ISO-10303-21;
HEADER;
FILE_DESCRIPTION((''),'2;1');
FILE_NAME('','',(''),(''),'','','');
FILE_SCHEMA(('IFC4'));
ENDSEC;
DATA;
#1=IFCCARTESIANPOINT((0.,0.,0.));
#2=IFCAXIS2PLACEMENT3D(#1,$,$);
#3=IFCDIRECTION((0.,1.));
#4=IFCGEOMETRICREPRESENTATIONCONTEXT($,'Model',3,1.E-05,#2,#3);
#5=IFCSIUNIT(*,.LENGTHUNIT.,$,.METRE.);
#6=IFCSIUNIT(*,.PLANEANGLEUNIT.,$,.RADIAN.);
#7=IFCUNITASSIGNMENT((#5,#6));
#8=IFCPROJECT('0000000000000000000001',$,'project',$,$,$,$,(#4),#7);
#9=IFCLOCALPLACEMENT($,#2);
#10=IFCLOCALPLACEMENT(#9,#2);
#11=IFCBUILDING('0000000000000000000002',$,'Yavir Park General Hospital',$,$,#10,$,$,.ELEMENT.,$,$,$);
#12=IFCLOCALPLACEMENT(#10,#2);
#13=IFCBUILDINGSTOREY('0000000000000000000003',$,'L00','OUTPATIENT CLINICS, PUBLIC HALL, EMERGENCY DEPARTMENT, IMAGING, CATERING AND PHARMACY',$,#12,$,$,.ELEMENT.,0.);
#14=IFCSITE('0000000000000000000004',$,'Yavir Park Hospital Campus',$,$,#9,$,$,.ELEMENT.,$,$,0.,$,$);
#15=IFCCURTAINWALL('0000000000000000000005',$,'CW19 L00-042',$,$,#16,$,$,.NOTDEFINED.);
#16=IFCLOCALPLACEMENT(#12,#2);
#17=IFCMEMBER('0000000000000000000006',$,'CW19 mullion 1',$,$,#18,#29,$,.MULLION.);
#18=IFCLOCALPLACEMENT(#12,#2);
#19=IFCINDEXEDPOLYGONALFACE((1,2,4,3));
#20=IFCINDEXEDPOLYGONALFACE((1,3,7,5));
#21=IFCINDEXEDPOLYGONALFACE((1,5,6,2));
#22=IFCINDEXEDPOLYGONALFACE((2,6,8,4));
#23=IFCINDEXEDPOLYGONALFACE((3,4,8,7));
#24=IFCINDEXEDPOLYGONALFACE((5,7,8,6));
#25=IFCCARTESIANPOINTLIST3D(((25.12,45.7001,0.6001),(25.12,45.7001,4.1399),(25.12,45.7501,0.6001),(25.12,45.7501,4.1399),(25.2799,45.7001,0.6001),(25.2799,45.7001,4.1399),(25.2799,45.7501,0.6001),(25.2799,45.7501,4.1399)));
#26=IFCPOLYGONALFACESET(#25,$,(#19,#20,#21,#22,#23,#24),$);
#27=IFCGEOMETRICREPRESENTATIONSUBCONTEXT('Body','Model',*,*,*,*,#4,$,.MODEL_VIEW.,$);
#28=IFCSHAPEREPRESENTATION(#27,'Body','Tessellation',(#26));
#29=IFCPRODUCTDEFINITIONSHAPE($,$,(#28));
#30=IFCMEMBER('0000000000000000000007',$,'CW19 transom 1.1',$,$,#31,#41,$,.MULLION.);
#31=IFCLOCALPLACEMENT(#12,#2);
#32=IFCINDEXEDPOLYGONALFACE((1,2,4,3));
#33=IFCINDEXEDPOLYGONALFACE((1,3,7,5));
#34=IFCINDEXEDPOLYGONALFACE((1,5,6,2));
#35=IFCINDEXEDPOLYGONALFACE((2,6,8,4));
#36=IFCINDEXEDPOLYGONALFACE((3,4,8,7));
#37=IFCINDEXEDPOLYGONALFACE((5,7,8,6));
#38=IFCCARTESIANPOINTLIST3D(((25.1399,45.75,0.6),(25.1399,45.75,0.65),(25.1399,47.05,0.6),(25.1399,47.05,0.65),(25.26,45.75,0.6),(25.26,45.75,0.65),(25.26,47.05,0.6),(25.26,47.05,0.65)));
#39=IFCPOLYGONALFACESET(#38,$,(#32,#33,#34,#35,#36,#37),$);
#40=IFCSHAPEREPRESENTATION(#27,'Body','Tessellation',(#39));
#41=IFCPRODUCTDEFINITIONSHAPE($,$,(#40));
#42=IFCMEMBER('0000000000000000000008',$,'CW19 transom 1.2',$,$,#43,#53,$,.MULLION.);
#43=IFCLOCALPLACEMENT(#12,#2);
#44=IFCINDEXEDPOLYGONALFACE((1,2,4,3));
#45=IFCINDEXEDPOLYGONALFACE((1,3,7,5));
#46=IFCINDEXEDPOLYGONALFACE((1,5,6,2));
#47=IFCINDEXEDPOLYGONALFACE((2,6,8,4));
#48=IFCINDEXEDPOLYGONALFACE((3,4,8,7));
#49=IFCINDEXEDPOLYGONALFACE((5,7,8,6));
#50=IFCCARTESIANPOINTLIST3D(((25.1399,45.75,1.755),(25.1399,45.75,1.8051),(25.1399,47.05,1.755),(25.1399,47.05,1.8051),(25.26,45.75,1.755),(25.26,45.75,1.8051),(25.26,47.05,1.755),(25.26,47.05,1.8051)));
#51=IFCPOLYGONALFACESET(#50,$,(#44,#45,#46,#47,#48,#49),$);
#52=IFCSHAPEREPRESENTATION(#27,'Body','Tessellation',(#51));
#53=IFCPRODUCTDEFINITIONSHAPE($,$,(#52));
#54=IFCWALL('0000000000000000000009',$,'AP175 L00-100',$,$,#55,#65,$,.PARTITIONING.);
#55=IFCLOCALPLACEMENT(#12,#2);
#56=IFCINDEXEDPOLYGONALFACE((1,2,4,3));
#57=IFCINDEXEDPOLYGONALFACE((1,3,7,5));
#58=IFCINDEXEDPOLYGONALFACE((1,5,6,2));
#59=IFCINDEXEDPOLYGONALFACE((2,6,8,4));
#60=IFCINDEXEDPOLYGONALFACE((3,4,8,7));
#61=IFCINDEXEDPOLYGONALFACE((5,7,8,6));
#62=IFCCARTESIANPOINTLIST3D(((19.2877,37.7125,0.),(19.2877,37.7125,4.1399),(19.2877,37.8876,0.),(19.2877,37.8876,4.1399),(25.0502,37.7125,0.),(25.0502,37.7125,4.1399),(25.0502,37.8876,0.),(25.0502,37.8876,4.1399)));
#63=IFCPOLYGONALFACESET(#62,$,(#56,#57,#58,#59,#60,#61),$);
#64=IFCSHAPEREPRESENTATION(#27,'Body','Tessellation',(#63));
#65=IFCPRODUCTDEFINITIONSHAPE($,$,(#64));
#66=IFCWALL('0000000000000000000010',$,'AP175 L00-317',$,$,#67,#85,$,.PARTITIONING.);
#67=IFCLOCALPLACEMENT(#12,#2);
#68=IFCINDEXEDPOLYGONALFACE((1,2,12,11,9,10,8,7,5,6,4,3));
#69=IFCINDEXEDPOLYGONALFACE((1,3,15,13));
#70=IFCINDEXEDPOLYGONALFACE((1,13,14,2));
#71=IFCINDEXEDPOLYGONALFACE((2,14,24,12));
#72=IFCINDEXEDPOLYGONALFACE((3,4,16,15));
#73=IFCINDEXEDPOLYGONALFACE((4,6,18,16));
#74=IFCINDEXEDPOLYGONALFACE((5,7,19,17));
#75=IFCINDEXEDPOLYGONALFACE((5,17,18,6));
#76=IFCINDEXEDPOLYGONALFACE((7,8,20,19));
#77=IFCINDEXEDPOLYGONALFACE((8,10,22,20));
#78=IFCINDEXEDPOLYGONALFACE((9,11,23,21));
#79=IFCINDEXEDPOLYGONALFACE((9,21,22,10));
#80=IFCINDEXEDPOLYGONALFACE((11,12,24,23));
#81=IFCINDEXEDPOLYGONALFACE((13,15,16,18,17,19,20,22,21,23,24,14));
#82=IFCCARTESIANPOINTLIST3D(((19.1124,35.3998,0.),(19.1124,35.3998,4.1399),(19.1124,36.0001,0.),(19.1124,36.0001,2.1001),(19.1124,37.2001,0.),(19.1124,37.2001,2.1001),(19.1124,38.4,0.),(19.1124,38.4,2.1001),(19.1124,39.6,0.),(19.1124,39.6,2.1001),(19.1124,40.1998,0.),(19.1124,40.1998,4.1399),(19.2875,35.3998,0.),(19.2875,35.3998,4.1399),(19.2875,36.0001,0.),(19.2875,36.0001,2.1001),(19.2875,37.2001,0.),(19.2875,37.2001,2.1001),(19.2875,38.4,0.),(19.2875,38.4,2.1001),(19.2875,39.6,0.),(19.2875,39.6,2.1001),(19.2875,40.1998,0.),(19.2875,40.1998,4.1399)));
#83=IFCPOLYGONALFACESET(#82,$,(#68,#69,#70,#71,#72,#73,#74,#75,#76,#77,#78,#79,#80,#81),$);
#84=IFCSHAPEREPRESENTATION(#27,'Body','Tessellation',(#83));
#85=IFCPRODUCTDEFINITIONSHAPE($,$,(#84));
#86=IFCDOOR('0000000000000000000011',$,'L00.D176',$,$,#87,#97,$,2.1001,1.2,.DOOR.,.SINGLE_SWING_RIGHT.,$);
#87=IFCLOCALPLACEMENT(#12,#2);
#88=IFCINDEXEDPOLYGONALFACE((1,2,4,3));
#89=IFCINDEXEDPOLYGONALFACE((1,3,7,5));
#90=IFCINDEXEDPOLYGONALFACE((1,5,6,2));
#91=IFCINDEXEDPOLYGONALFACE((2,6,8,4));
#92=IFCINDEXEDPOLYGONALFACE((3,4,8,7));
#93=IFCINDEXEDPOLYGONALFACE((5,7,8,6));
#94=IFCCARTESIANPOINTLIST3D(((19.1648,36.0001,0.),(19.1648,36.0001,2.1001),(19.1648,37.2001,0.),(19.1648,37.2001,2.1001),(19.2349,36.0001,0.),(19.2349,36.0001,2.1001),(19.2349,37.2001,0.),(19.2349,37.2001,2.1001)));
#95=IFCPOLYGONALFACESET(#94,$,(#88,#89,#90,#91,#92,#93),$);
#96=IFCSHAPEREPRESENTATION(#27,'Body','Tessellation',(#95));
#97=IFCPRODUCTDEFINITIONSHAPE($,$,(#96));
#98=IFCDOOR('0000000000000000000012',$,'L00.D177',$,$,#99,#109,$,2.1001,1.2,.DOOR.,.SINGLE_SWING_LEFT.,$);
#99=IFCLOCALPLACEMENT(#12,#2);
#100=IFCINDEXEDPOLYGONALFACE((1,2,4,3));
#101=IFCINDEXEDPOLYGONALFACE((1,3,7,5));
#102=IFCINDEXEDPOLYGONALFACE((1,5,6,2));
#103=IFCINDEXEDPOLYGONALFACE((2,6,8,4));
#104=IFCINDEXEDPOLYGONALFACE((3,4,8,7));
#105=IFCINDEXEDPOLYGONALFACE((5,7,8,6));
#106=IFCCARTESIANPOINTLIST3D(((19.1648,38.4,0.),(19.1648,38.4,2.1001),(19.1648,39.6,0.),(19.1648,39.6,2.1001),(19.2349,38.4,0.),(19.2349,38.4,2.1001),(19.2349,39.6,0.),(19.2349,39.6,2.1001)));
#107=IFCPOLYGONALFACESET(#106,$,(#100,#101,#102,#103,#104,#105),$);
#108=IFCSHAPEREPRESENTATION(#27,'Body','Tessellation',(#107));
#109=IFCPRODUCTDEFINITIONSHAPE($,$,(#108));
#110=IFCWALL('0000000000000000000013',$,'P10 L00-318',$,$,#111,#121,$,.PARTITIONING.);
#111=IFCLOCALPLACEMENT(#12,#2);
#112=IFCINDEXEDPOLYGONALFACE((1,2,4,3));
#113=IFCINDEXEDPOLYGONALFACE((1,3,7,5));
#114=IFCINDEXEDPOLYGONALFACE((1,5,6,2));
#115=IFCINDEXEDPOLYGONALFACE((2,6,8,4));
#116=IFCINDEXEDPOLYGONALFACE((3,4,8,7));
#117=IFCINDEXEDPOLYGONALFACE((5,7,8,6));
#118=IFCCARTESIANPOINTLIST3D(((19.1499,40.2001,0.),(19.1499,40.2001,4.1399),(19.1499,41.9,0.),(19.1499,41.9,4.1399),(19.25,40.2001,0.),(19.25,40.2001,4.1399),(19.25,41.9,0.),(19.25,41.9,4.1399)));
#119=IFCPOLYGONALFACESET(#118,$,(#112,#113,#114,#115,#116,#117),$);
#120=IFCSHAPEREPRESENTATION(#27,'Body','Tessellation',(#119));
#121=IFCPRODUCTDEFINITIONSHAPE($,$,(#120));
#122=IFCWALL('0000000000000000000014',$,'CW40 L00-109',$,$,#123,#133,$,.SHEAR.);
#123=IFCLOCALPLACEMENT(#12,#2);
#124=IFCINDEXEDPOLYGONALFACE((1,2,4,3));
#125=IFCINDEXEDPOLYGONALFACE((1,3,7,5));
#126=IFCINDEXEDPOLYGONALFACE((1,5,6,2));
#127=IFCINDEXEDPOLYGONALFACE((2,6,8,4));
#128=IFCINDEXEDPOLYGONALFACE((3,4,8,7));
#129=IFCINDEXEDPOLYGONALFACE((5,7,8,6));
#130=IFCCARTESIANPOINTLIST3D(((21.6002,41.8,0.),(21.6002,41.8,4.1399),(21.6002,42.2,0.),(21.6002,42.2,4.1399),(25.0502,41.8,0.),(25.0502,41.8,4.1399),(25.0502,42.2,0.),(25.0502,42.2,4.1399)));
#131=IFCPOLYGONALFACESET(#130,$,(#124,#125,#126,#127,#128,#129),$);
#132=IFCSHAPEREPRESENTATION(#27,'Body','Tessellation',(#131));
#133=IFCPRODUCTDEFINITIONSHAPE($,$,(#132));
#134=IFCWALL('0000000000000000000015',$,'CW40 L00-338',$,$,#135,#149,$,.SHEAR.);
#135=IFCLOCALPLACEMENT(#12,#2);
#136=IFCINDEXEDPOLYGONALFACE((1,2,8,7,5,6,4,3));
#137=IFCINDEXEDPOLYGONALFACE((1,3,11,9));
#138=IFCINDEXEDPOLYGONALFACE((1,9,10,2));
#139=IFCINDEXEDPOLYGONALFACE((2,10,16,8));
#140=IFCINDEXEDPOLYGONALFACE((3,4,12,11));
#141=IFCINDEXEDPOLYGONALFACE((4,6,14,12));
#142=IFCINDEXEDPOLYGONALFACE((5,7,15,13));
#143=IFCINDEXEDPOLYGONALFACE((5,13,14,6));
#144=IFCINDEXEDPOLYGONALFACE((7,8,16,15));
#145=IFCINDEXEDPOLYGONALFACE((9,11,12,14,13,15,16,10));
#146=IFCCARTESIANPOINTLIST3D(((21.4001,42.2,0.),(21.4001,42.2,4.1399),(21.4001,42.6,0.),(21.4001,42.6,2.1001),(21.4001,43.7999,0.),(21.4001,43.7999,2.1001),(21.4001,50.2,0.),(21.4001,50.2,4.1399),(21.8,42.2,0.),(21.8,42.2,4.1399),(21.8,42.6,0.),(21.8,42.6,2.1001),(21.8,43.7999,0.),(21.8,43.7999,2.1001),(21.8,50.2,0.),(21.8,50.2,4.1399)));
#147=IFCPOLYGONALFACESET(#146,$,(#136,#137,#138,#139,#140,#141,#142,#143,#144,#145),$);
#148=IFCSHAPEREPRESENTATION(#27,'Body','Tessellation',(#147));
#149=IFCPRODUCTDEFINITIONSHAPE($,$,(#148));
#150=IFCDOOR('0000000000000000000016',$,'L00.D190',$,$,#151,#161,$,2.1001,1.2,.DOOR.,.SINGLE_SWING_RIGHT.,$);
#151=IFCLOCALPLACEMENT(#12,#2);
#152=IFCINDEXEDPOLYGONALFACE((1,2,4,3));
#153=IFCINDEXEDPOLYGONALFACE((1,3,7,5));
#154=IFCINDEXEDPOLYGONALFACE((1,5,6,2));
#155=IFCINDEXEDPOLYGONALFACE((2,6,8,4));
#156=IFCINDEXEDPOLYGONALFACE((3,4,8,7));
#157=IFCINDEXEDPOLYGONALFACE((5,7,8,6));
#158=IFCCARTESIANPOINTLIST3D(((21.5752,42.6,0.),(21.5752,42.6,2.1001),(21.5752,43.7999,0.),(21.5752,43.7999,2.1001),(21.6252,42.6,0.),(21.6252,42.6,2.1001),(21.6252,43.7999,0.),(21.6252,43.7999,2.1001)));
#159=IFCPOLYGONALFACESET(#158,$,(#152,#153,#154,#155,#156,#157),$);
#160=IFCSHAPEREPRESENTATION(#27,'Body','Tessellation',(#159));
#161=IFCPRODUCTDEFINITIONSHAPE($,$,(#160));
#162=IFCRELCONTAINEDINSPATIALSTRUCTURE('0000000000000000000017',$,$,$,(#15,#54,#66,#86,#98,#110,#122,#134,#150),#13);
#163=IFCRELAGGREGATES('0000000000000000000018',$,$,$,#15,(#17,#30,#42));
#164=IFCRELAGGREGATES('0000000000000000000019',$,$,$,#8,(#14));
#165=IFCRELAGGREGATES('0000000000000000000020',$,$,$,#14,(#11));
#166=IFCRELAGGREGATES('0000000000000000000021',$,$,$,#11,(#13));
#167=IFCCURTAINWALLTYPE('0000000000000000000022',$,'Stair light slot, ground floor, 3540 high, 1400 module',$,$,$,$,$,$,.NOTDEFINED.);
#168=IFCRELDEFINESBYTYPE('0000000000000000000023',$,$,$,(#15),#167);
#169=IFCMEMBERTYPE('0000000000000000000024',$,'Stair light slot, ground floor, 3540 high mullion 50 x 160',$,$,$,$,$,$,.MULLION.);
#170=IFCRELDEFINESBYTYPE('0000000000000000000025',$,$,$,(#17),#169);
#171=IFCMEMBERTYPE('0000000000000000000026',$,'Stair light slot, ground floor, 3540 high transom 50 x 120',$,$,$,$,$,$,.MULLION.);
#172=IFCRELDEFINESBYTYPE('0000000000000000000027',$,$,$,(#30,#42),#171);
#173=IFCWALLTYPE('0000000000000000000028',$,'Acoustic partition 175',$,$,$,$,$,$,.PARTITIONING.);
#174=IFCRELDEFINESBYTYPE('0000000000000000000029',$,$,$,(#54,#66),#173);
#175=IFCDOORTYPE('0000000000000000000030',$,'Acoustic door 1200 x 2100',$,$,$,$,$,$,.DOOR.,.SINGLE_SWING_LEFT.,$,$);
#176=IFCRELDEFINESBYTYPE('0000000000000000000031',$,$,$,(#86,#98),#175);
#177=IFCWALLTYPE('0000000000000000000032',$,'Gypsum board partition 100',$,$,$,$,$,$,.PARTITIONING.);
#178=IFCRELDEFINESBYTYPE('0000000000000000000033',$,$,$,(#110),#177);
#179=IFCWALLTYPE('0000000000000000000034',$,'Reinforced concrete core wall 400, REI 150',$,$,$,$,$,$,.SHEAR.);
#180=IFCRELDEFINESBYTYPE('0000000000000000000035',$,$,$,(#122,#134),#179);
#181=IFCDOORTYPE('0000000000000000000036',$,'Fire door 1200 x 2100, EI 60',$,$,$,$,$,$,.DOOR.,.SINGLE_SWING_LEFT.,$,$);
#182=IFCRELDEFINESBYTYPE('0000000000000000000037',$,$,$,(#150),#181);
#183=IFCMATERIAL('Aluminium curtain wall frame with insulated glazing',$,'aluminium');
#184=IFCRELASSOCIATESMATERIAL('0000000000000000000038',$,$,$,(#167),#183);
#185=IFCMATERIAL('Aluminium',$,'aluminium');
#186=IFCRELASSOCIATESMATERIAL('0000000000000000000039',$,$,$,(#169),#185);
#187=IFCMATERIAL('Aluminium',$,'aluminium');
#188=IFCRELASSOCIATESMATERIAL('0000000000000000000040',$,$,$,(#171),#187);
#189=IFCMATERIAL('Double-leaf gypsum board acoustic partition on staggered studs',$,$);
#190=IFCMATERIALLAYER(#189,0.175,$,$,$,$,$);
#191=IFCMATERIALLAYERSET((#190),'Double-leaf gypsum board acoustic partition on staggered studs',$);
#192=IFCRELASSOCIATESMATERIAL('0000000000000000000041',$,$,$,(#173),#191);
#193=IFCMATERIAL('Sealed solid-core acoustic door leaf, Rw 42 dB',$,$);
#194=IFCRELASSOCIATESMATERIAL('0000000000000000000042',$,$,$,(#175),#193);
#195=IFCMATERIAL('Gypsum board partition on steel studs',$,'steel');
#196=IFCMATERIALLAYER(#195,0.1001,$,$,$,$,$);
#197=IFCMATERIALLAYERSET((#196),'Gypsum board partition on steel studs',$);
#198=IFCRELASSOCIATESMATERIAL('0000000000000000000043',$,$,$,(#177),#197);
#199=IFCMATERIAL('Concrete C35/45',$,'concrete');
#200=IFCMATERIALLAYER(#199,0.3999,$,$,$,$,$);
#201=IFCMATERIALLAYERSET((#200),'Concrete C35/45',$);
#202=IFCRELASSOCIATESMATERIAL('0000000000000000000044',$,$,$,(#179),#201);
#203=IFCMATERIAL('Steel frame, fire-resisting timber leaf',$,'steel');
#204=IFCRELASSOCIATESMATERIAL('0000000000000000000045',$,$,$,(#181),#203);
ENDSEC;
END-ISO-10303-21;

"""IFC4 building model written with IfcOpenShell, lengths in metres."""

from ifc_helpers import new_model, si_unit, direction, frame, frame_2d, origin, origin_2d, place, context, subcontext, project, spatial, rectangle, extrude, material, layer, layer_set, material_profile, profile_set, type_object, element, fill, aggregate, save


model = new_model("IFC4")

# Units and contexts
model_context = context("Model", 3, precision=1e-05, world=origin(), true_north=direction((0.0, 1.0)))
body_context = subcontext(model_context, "Body", "Model", "MODEL_VIEW")
ifc_project = project(units=[si_unit("LENGTHUNIT", "METRE"), si_unit("PLANEANGLEUNIT", "RADIAN")], contexts=[model_context])

# Site, building, storey
site_placement = place(None, origin())
site = spatial("IfcSite", under=ifc_project, at=site_placement, Name="Yavir Park Hospital Campus", CompositionType="ELEMENT", RefElevation=0.0)
building_placement = place(site_placement, origin())
building = spatial("IfcBuilding", under=site, at=building_placement, Name="Yavir Park General Hospital", CompositionType="ELEMENT")
storey_placement = place(building_placement, origin())
storey = spatial("IfcBuildingStorey", under=building, at=storey_placement, Name="L00", Description="OUTPATIENT CLINICS, PUBLIC HALL, EMERGENCY DEPARTMENT, IMAGING, CATERING AND PHARMACY", CompositionType="ELEMENT", Elevation=0.0)

# Curtain wall, members
ifc_material_1 = material(Name="Aluminium curtain wall frame with insulated glazing", Category="aluminium")
curtain_wall_type = type_object("IfcCurtainWallType", Name="Stair light slot, ground floor, 3540 high, 1400 module", PredefinedType="NOTDEFINED", material=ifc_material_1)
curtain_wall_placement = place(storey_placement, origin())
curtain_wall = element("IfcCurtainWall", 1, at=curtain_wall_placement, inside=storey, type_object=curtain_wall_type, Name="CW19 L00-042", PredefinedType="NOTDEFINED")
ifc_material_2 = material(Name="Aluminium", Category="aluminium")
ifc_material_profile_1 = material_profile(ifc_material_2, rectangle(XDim=0.1599, YDim=0.05, at=origin_2d()), Name="AL 50x160")
ifc_profile_set_1 = profile_set([ifc_material_profile_1], Name="Aluminium")
member_type_1 = type_object("IfcMemberType", Name="Stair light slot, ground floor, 3540 high mullion 50 x 160", PredefinedType="MULLION", material=ifc_profile_set_1)
member_1_placement = place(storey_placement, frame((25.2, 45.7251, 0.6001), z_axis=(0.0, 0.0, 1.0), x_axis=(-1.0, 0.0, 0.0)))
member_1 = element("IfcMember", 2, at=member_1_placement, type_object=member_type_1, Name="CW19 mullion 1", PredefinedType="MULLION", context=body_context, shape_type="SweptSolid", body=[
    extrude(rectangle(XDim=0.1599, YDim=0.05, at=origin_2d()), origin(), (0.0, 0.0, 1.0), 3.5398),
])
ifc_material_3 = material(Name="Aluminium", Category="aluminium")
ifc_material_profile_2 = material_profile(ifc_material_3, rectangle(XDim=0.1201, YDim=0.05, at=origin_2d()), Name="AL 120x50")
ifc_profile_set_2 = profile_set([ifc_material_profile_2], Name="Aluminium")
member_type_2 = type_object("IfcMemberType", Name="Stair light slot, ground floor, 3540 high transom 50 x 120", PredefinedType="MULLION", material=ifc_profile_set_2)
member_2_placement = place(storey_placement, frame((25.2, 45.75, 0.625), z_axis=(0.0, 1.0, 0.0), x_axis=(-1.0, 0.0, 0.0)))
member_2 = element("IfcMember", 3, at=member_2_placement, type_object=member_type_2, Name="CW19 transom 1.1", PredefinedType="MULLION", context=body_context, shape_type="SweptSolid", body=[
    extrude(rectangle(XDim=0.1201, YDim=0.05, at=origin_2d()), origin(), (0.0, 0.0, 1.0), 1.3),
])
member_3_placement = place(storey_placement, frame((25.2, 45.75, 1.78), z_axis=(0.0, 1.0, 0.0), x_axis=(-1.0, 0.0, 0.0)))
member_3 = element("IfcMember", 4, at=member_3_placement, type_object=member_type_2, Name="CW19 transom 1.2", PredefinedType="MULLION", context=body_context, shape_type="SweptSolid", body=[
    extrude(rectangle(XDim=0.1201, YDim=0.05, at=origin_2d()), origin(), (0.0, 0.0, 1.0), 1.3),
])
aggregate(curtain_wall, [member_1, member_2, member_3])

# Wall
ifc_material_4 = material(Name="Double-leaf gypsum board acoustic partition on staggered studs")
ifc_layer_1 = layer(ifc_material_4, 0.175)
ifc_layer_set_1 = layer_set([ifc_layer_1], Name="Double-leaf gypsum board acoustic partition on staggered studs")
wall_type_1 = type_object("IfcWallType", Name="Acoustic partition 175", PredefinedType="PARTITIONING", material=ifc_layer_set_1)
wall_1_placement = place(storey_placement, frame((19.2876, 37.8, 0.0), z_axis=(0.0, 0.0, 1.0), x_axis=(1.0, 0.0, 0.0)))
element("IfcWall", 5, at=wall_1_placement, inside=storey, type_object=wall_type_1, Name="AP175 L00-100", PredefinedType="PARTITIONING", context=body_context, shape_type="SweptSolid", body=[
    extrude(rectangle(XDim=5.7625, YDim=0.175, at=frame_2d((2.8813, 0.0))), origin(), (0.0, 0.0, 1.0), 4.1399),
])

# Wall, openings, doors
wall_2_placement = place(storey_placement, frame((19.2, 35.3999, 0.0), z_axis=(0.0, 0.0, 1.0), x_axis=(0.0, 1.0, 0.0)))
wall_2 = element("IfcWall", 6, at=wall_2_placement, inside=storey, type_object=wall_type_1, Name="AP175 L00-317", PredefinedType="PARTITIONING", context=body_context, shape_type="SweptSolid", body=[
    extrude(rectangle(XDim=4.8, YDim=0.175, at=frame_2d((2.3999, 0.0))), origin(), (0.0, 0.0, 1.0), 4.1399),
])
opening_1_placement = place(wall_2_placement, frame((0.6001, 0.0, 0.0)))
opening_1 = element("IfcOpeningElement", 7, at=opening_1_placement, cuts=wall_2, PredefinedType="OPENING", context=body_context, shape_type="SweptSolid", body=[
    extrude(rectangle(XDim=1.2, YDim=2.1001, at=frame_2d((0.6001, 1.05))), frame((0.0, 0.0974, 0.0), z_axis=(0.0, -1.0, 0.0), x_axis=(1.0, 0.0, 0.0)), (0.0, 0.0, 1.0), 0.1951),
])
opening_2_placement = place(wall_2_placement, frame((3.0, 0.0, 0.0)))
opening_2 = element("IfcOpeningElement", 8, at=opening_2_placement, cuts=wall_2, PredefinedType="OPENING", context=body_context, shape_type="SweptSolid", body=[
    extrude(rectangle(XDim=1.2, YDim=2.1001, at=frame_2d((0.6001, 1.05))), frame((0.0, 0.0974, 0.0), z_axis=(0.0, -1.0, 0.0), x_axis=(1.0, 0.0, 0.0)), (0.0, 0.0, 1.0), 0.1951),
])
ifc_material_5 = material(Name="Sealed solid-core acoustic door leaf, Rw 42 dB")
door_type_1 = type_object("IfcDoorType", Name="Acoustic door 1200 x 2100", OperationType="SINGLE_SWING_LEFT", PredefinedType="DOOR", material=ifc_material_5)
door_1_placement = place(opening_1_placement, origin())
door_1 = element("IfcDoor", 9, at=door_1_placement, inside=storey, type_object=door_type_1, Name="L00.D176", OperationType="SINGLE_SWING_RIGHT", OverallHeight=2.1001, OverallWidth=1.2, PredefinedType="DOOR", context=body_context, shape_type="SweptSolid", body=[
    extrude(rectangle(XDim=1.2, YDim=2.1001, at=frame_2d((0.6001, 1.05))), frame((0.0, 0.0352, 0.0), z_axis=(0.0, -1.0, 0.0), x_axis=(1.0, 0.0, 0.0)), (0.0, 0.0, 1.0), 0.0701),
])
fill(opening_1, door_1)
door_2_placement = place(opening_2_placement, origin())
door_2 = element("IfcDoor", 10, at=door_2_placement, inside=storey, type_object=door_type_1, Name="L00.D177", OperationType="SINGLE_SWING_LEFT", OverallHeight=2.1001, OverallWidth=1.2, PredefinedType="DOOR", context=body_context, shape_type="SweptSolid", body=[
    extrude(rectangle(XDim=1.2, YDim=2.1001, at=frame_2d((0.6001, 1.05))), frame((0.0, 0.0352, 0.0), z_axis=(0.0, -1.0, 0.0), x_axis=(1.0, 0.0, 0.0)), (0.0, 0.0, 1.0), 0.0701),
])
fill(opening_2, door_2)

# Walls
ifc_material_6 = material(Name="Gypsum board partition on steel studs", Category="steel")
ifc_layer_2 = layer(ifc_material_6, 0.1001)
ifc_layer_set_2 = layer_set([ifc_layer_2], Name="Gypsum board partition on steel studs")
wall_type_2 = type_object("IfcWallType", Name="Gypsum board partition 100", PredefinedType="PARTITIONING", material=ifc_layer_set_2)
wall_3_placement = place(storey_placement, frame((19.2, 40.2, 0.0), z_axis=(0.0, 0.0, 1.0), x_axis=(0.0, 1.0, 0.0)))
element("IfcWall", 11, at=wall_3_placement, inside=storey, type_object=wall_type_2, Name="P10 L00-318", PredefinedType="PARTITIONING", context=body_context, shape_type="SweptSolid", body=[
    extrude(rectangle(XDim=1.7, YDim=0.1001, at=frame_2d((0.8501, 0.0))), origin(), (0.0, 0.0, 1.0), 4.1399),
])
ifc_material_7 = material(Name="Concrete C35/45", Category="concrete")
ifc_layer_3 = layer(ifc_material_7, 0.3999)
ifc_layer_set_3 = layer_set([ifc_layer_3], Name="Concrete C35/45")
wall_type_3 = type_object("IfcWallType", Name="Reinforced concrete core wall 400, REI 150", PredefinedType="SHEAR", material=ifc_layer_set_3)
wall_4_placement = place(storey_placement, frame((21.6001, 42.0, 0.0), z_axis=(0.0, 0.0, 1.0), x_axis=(1.0, 0.0, 0.0)))
element("IfcWall", 12, at=wall_4_placement, inside=storey, type_object=wall_type_3, Name="CW40 L00-109", PredefinedType="SHEAR", context=body_context, shape_type="SweptSolid", body=[
    extrude(rectangle(XDim=3.45, YDim=0.3999, at=frame_2d((1.7251, 0.0))), origin(), (0.0, 0.0, 1.0), 4.1399),
])

# Wall, opening, door
wall_5_placement = place(storey_placement, frame((21.6001, 42.2, 0.0), z_axis=(0.0, 0.0, 1.0), x_axis=(0.0, 1.0, 0.0)))
wall_5 = element("IfcWall", 13, at=wall_5_placement, inside=storey, type_object=wall_type_3, Name="CW40 L00-338", PredefinedType="SHEAR", context=body_context, shape_type="SweptSolid", body=[
    extrude(rectangle(XDim=8.0, YDim=0.3999, at=frame_2d((4.0, 0.0))), origin(), (0.0, 0.0, 1.0), 4.1399),
])
opening_3_placement = place(wall_5_placement, frame((0.3999, 0.0, 0.0)))
opening_3 = element("IfcOpeningElement", 14, at=opening_3_placement, cuts=wall_5, PredefinedType="OPENING", context=body_context, shape_type="SweptSolid", body=[
    extrude(rectangle(XDim=1.2, YDim=2.1001, at=frame_2d((0.6001, 1.05))), frame((0.0, 0.21, 0.0), z_axis=(0.0, -1.0, 0.0), x_axis=(1.0, 0.0, 0.0)), (0.0, 0.0, 1.0), 0.4199),
])
ifc_material_8 = material(Name="Steel frame, fire-resisting timber leaf", Category="steel")
door_type_2 = type_object("IfcDoorType", Name="Fire door 1200 x 2100, EI 60", OperationType="SINGLE_SWING_LEFT", PredefinedType="DOOR", material=ifc_material_8)
door_3_placement = place(opening_3_placement, origin())
door_3 = element("IfcDoor", 15, at=door_3_placement, inside=storey, type_object=door_type_2, Name="L00.D190", OperationType="SINGLE_SWING_RIGHT", OverallHeight=2.1001, OverallWidth=1.2, PredefinedType="DOOR", context=body_context, shape_type="SweptSolid", body=[
    extrude(rectangle(XDim=1.2, YDim=2.1001, at=frame_2d((0.6001, 1.05))), frame((0.0, 0.0249, 0.0), z_axis=(0.0, -1.0, 0.0), x_axis=(1.0, 0.0, 0.0)), (0.0, 0.0, 1.0), 0.05),
])
fill(opening_3, door_3)

save(model, "model.ifc")
